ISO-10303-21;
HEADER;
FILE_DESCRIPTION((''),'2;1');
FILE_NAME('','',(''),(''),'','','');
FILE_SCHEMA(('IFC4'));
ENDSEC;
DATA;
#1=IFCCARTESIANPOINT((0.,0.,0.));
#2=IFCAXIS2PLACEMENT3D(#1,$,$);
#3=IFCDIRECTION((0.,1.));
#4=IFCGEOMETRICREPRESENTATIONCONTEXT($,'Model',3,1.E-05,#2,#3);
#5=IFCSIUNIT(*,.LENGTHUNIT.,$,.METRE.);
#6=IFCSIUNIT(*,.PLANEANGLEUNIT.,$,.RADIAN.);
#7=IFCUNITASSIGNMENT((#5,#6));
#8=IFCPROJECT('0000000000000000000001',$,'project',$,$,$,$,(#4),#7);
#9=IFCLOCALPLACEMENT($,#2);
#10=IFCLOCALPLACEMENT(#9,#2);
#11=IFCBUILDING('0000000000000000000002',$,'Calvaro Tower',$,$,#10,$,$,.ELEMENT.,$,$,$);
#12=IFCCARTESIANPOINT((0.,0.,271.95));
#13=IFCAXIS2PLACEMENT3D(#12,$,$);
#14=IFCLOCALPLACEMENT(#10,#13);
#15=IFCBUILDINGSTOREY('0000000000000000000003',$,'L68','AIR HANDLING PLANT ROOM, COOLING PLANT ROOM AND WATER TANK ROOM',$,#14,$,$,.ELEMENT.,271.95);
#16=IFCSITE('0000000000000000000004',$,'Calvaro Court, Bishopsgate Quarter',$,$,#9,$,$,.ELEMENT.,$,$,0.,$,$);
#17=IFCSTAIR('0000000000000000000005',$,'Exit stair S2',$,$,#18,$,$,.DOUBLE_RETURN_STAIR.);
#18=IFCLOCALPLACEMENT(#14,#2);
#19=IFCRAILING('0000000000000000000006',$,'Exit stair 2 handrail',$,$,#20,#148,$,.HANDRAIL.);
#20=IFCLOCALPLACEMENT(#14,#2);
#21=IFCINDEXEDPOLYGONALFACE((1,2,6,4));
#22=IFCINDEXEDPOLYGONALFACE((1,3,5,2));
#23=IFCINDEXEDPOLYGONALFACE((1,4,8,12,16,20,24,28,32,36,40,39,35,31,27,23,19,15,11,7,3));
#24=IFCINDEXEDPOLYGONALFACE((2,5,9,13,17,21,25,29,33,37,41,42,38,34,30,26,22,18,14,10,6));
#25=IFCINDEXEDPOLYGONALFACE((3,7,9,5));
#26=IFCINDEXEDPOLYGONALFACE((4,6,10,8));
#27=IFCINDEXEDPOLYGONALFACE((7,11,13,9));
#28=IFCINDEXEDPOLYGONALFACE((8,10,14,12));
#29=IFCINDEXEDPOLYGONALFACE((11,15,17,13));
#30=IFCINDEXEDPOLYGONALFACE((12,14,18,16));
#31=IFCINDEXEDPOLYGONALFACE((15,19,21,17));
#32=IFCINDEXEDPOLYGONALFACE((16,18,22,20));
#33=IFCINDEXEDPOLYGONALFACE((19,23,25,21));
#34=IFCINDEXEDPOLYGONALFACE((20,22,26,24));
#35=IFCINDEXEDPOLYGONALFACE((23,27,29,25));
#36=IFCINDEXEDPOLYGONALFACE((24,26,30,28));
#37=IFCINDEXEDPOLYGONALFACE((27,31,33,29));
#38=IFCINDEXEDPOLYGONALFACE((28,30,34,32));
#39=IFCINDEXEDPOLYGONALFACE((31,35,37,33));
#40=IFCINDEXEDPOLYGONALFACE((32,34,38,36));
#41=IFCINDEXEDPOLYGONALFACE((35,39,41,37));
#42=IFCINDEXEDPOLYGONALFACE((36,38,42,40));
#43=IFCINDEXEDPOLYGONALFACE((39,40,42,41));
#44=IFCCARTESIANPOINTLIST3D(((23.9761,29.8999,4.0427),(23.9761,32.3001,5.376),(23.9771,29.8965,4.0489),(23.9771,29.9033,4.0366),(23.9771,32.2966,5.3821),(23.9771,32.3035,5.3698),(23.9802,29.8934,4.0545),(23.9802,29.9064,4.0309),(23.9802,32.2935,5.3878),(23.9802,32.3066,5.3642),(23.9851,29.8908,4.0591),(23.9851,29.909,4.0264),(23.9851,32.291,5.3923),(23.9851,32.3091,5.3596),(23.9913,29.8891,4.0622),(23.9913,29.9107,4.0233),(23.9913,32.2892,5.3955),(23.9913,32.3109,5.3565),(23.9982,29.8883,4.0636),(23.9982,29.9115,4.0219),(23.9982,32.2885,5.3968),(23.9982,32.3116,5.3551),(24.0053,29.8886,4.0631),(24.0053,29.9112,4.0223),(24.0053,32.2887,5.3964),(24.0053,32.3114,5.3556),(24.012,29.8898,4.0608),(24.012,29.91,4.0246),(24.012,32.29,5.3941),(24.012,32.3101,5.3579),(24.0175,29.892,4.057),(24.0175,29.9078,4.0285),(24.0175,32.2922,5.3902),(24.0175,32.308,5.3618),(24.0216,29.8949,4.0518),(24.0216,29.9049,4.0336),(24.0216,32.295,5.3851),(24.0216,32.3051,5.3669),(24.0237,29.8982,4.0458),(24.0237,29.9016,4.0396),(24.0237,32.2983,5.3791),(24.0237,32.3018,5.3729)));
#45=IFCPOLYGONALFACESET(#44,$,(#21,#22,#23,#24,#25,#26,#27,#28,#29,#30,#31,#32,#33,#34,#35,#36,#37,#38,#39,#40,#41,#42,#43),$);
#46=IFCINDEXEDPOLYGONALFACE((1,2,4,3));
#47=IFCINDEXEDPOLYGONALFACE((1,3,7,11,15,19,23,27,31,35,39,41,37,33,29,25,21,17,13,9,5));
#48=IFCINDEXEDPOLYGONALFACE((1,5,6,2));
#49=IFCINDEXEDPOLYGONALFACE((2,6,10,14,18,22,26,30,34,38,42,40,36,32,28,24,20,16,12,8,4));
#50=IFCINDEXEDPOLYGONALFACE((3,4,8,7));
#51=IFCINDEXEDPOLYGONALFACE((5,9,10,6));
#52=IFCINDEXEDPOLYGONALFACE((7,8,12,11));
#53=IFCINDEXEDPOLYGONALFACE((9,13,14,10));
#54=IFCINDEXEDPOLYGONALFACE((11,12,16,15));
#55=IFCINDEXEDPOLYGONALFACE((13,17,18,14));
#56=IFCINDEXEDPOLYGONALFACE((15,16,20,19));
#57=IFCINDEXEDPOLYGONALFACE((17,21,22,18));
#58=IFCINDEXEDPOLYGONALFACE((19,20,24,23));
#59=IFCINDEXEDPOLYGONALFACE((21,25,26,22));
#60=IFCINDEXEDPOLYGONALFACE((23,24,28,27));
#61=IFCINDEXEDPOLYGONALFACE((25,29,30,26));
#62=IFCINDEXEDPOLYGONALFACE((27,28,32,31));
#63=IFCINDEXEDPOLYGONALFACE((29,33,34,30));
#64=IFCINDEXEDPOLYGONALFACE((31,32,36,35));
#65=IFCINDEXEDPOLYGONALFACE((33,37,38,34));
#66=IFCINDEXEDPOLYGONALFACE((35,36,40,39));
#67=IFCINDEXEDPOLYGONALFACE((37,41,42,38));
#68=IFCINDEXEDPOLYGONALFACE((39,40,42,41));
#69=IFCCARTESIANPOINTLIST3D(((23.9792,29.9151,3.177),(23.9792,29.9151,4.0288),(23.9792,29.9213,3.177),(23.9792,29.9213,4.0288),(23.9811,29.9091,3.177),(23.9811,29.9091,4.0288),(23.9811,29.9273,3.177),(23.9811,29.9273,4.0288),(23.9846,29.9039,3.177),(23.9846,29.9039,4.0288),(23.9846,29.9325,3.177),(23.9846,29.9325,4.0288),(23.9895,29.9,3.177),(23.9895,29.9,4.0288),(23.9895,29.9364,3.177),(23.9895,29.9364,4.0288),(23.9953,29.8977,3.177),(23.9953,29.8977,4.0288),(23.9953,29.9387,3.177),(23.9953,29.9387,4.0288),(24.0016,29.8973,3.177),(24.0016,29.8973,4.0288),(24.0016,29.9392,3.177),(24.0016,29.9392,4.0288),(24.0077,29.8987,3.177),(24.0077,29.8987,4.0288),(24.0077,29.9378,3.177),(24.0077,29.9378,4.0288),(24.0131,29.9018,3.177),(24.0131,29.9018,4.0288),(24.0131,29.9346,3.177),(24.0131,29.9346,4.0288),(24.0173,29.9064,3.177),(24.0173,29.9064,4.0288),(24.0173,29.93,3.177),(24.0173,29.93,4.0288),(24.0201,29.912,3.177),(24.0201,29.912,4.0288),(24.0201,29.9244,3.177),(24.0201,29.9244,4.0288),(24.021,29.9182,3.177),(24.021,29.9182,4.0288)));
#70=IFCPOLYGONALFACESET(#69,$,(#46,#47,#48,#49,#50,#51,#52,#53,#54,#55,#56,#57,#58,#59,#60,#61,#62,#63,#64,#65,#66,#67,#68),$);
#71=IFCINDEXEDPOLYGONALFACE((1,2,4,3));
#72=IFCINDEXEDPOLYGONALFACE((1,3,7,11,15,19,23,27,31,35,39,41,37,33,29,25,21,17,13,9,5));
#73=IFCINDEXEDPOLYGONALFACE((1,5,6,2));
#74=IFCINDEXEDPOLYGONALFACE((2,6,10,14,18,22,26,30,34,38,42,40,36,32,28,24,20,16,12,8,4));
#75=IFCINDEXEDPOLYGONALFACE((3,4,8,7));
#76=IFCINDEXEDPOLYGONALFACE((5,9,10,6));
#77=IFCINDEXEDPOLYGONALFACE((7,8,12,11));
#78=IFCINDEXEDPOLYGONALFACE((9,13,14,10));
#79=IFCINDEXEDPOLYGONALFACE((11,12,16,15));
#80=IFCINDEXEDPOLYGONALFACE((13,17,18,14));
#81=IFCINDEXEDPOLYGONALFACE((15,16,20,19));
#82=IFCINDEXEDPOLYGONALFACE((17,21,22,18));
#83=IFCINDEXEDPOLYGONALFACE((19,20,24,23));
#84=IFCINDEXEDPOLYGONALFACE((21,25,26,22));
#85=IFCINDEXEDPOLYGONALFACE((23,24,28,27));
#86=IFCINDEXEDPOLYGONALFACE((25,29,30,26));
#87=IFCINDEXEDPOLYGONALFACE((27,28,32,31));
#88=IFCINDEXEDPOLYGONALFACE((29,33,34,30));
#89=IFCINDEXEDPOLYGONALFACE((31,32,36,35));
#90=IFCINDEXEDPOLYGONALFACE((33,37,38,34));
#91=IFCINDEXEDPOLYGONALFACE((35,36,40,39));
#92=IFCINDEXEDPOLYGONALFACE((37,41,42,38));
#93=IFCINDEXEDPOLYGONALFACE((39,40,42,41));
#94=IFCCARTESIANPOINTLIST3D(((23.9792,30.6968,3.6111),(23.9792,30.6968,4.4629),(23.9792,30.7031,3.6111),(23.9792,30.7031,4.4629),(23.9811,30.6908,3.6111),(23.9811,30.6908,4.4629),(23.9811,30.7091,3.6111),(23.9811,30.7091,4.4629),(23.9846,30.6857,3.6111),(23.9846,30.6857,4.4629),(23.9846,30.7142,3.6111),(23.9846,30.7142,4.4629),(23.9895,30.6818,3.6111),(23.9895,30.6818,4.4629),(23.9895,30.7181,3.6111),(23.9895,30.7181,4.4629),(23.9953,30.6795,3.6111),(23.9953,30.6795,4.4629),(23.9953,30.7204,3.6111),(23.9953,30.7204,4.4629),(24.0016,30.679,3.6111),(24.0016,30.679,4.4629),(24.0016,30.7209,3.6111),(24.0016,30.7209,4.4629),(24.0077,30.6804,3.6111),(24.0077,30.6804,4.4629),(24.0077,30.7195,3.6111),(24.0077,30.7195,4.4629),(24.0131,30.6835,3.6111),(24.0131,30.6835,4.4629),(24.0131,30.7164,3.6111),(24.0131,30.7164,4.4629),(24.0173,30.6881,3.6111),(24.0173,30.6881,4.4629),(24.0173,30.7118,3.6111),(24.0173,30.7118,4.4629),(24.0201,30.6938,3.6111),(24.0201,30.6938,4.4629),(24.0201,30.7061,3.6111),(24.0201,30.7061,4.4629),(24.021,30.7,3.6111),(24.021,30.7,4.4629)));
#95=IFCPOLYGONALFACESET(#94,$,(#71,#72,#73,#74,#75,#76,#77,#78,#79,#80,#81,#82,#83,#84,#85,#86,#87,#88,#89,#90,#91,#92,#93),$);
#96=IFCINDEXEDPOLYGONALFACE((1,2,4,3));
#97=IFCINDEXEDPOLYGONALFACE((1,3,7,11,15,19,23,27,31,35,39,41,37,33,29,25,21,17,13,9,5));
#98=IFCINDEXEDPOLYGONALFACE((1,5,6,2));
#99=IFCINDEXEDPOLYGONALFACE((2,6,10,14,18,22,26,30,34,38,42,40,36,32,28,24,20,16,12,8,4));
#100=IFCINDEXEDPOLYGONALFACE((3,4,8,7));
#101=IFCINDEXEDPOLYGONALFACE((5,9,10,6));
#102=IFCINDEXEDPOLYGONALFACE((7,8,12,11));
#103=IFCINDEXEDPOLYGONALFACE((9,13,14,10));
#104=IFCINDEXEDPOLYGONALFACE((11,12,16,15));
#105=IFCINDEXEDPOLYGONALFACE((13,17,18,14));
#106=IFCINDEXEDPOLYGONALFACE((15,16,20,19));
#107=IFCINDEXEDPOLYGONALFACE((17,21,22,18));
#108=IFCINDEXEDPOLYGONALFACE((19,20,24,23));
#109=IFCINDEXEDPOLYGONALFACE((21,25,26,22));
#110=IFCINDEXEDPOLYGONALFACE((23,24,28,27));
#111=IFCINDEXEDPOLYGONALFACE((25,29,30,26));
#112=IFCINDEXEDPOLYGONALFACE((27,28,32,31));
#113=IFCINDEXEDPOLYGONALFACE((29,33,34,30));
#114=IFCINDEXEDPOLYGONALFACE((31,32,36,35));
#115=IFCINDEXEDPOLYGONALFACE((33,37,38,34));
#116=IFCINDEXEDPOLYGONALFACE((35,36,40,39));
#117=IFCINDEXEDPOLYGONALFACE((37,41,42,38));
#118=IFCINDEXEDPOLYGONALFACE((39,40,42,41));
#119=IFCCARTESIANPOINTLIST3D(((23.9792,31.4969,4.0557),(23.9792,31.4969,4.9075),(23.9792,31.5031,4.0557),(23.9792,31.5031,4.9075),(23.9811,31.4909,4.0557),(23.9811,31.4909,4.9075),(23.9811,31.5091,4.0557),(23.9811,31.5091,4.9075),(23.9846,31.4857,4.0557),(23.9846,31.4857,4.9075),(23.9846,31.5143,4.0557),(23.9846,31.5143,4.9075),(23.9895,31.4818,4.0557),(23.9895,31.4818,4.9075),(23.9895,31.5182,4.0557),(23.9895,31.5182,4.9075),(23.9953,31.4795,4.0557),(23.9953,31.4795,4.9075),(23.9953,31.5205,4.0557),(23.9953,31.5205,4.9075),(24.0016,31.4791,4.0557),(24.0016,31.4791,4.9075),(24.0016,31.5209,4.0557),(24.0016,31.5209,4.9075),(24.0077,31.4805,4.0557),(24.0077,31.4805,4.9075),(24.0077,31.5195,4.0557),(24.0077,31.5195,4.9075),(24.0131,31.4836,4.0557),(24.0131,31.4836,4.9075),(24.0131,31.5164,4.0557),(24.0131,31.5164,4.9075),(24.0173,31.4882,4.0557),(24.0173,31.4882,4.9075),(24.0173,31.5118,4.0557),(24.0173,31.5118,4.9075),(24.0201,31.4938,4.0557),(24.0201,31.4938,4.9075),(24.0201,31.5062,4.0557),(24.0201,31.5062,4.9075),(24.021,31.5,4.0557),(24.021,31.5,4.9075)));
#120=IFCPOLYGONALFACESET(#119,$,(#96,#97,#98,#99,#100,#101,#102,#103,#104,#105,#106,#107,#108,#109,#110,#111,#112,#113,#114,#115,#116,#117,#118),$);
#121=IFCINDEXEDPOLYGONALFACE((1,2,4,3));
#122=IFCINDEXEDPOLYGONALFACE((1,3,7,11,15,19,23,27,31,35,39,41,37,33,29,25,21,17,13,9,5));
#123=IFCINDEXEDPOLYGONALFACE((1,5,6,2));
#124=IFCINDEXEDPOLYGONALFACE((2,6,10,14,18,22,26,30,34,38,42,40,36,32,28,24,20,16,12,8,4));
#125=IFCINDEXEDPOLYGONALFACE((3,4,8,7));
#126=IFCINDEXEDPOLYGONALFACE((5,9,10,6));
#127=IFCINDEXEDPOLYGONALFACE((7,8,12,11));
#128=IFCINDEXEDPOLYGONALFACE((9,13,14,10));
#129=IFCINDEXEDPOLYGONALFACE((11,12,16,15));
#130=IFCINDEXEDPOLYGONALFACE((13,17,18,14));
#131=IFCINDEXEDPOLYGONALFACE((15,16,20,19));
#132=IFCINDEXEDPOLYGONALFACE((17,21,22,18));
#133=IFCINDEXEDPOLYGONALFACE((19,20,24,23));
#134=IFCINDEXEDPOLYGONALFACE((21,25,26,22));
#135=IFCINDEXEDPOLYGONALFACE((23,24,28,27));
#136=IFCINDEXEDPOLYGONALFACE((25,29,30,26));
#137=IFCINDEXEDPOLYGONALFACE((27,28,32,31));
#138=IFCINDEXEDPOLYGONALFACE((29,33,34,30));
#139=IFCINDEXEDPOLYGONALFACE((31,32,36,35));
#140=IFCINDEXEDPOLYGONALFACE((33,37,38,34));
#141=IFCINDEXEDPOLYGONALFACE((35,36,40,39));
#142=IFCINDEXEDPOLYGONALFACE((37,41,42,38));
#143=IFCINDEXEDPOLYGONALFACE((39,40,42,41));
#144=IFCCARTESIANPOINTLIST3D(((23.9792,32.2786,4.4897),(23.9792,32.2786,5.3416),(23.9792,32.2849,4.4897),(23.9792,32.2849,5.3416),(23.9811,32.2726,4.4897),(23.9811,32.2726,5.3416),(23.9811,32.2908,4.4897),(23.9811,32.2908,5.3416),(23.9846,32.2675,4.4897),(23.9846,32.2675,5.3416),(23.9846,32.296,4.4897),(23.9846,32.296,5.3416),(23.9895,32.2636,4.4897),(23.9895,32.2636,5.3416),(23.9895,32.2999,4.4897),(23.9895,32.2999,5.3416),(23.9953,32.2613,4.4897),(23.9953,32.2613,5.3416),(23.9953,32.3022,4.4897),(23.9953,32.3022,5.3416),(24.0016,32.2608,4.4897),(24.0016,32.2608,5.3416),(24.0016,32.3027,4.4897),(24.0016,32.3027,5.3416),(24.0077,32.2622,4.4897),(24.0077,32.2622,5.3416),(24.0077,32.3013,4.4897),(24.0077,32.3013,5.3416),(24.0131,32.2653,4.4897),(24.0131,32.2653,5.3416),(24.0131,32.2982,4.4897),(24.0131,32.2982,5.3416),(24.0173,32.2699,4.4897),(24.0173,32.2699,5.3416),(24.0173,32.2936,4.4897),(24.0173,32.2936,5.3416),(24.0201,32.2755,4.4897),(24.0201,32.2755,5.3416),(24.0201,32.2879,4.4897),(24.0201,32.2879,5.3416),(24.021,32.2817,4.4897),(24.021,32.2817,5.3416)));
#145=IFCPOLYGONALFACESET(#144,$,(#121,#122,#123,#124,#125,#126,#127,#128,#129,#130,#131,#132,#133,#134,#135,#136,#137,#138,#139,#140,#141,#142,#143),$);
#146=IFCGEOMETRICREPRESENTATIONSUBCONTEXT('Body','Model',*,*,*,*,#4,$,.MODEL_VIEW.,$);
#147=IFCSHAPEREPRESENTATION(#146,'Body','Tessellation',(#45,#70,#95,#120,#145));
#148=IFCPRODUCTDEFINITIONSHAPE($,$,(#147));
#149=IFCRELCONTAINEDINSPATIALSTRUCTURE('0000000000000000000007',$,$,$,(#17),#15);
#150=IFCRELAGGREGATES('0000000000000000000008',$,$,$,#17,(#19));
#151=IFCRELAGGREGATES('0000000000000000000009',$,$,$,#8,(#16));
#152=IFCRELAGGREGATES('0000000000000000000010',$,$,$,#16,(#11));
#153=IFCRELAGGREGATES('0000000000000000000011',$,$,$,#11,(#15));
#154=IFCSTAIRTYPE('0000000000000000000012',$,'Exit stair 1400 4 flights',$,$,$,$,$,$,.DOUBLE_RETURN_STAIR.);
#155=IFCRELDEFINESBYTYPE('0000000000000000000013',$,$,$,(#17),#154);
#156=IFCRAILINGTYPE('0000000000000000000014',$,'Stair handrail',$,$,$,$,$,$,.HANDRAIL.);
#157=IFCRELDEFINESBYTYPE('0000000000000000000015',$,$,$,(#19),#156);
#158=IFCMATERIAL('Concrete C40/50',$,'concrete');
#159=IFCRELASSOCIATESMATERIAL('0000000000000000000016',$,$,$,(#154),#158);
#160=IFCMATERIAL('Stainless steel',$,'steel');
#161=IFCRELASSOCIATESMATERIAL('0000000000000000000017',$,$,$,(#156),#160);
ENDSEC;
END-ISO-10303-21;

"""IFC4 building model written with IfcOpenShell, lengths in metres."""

from ifc_helpers import new_model, si_unit, direction, frame, origin, origin_2d, place, context, subcontext, project, spatial, circle, extrude, material, type_object, element, aggregate, save


model = new_model("IFC4")

# Units and contexts
model_context = context("Model", 3, precision=1e-05, world=origin(), true_north=direction((0.0, 1.0)))
body_context = subcontext(model_context, "Body", "Model", "MODEL_VIEW")
ifc_project = project(units=[si_unit("LENGTHUNIT", "METRE"), si_unit("PLANEANGLEUNIT", "RADIAN")], contexts=[model_context])

# Site, building, storey
site_placement = place(None, origin())
site = spatial("IfcSite", under=ifc_project, at=site_placement, Name="Calvaro Court, Bishopsgate Quarter", CompositionType="ELEMENT", RefElevation=0.0)
building_placement = place(site_placement, origin())
building = spatial("IfcBuilding", under=site, at=building_placement, Name="Calvaro Tower", CompositionType="ELEMENT")
storey_placement = place(building_placement, frame((0.0, 0.0, 271.95)))
storey = spatial("IfcBuildingStorey", under=building, at=storey_placement, Name="L68", Description="AIR HANDLING PLANT ROOM, COOLING PLANT ROOM AND WATER TANK ROOM", CompositionType="ELEMENT", Elevation=271.95)

# Stair
ifc_material_1 = material(Name="Concrete C40/50", Category="concrete")
stair_type = type_object("IfcStairType", Name="Exit stair 1400 4 flights", PredefinedType="DOUBLE_RETURN_STAIR", material=ifc_material_1)
stair_placement = place(storey_placement, origin())
stair = element("IfcStair", 1, at=stair_placement, inside=storey, type_object=stair_type, Name="Exit stair S2", PredefinedType="DOUBLE_RETURN_STAIR")

# Railing
ifc_material_2 = material(Name="Stainless steel", Category="steel")
railing_type = type_object("IfcRailingType", Name="Stair handrail", PredefinedType="HANDRAIL", material=ifc_material_2)
railing_1_placement = place(storey_placement, frame((24.0, 29.8999, 3.1667)))
railing_1 = element("IfcRailing", 2, at=railing_1_placement, type_object=railing_type, Name="Exit stair 2 handrail", PredefinedType="HANDRAIL", context=body_context, shape_type="SweptSolid", body=[
    extrude(circle(Radius=0.0239, at=origin_2d()), frame((0.0, 0.0, 0.876), z_axis=(0.0, 0.874182, 0.485598), x_axis=(-1.0, 0.0, 0.0)), (0.0, 0.0, 1.0), 2.7456),
    extrude(circle(Radius=0.021, at=origin_2d()), frame((0.0, 0.0183, 0.0103)), (0.0, 0.0, 1.0), 0.8518),
    extrude(circle(Radius=0.021, at=origin_2d()), frame((0.0, 0.8, 0.4443)), (0.0, 0.0, 1.0), 0.8518),
    extrude(circle(Radius=0.021, at=origin_2d()), frame((0.0, 1.6001, 0.8889)), (0.0, 0.0, 1.0), 0.8518),
    extrude(circle(Radius=0.021, at=origin_2d()), frame((0.0, 2.3818, 1.323)), (0.0, 0.0, 1.0), 0.8518),
])
aggregate(stair, [railing_1])

save(model, "model.ifc")
